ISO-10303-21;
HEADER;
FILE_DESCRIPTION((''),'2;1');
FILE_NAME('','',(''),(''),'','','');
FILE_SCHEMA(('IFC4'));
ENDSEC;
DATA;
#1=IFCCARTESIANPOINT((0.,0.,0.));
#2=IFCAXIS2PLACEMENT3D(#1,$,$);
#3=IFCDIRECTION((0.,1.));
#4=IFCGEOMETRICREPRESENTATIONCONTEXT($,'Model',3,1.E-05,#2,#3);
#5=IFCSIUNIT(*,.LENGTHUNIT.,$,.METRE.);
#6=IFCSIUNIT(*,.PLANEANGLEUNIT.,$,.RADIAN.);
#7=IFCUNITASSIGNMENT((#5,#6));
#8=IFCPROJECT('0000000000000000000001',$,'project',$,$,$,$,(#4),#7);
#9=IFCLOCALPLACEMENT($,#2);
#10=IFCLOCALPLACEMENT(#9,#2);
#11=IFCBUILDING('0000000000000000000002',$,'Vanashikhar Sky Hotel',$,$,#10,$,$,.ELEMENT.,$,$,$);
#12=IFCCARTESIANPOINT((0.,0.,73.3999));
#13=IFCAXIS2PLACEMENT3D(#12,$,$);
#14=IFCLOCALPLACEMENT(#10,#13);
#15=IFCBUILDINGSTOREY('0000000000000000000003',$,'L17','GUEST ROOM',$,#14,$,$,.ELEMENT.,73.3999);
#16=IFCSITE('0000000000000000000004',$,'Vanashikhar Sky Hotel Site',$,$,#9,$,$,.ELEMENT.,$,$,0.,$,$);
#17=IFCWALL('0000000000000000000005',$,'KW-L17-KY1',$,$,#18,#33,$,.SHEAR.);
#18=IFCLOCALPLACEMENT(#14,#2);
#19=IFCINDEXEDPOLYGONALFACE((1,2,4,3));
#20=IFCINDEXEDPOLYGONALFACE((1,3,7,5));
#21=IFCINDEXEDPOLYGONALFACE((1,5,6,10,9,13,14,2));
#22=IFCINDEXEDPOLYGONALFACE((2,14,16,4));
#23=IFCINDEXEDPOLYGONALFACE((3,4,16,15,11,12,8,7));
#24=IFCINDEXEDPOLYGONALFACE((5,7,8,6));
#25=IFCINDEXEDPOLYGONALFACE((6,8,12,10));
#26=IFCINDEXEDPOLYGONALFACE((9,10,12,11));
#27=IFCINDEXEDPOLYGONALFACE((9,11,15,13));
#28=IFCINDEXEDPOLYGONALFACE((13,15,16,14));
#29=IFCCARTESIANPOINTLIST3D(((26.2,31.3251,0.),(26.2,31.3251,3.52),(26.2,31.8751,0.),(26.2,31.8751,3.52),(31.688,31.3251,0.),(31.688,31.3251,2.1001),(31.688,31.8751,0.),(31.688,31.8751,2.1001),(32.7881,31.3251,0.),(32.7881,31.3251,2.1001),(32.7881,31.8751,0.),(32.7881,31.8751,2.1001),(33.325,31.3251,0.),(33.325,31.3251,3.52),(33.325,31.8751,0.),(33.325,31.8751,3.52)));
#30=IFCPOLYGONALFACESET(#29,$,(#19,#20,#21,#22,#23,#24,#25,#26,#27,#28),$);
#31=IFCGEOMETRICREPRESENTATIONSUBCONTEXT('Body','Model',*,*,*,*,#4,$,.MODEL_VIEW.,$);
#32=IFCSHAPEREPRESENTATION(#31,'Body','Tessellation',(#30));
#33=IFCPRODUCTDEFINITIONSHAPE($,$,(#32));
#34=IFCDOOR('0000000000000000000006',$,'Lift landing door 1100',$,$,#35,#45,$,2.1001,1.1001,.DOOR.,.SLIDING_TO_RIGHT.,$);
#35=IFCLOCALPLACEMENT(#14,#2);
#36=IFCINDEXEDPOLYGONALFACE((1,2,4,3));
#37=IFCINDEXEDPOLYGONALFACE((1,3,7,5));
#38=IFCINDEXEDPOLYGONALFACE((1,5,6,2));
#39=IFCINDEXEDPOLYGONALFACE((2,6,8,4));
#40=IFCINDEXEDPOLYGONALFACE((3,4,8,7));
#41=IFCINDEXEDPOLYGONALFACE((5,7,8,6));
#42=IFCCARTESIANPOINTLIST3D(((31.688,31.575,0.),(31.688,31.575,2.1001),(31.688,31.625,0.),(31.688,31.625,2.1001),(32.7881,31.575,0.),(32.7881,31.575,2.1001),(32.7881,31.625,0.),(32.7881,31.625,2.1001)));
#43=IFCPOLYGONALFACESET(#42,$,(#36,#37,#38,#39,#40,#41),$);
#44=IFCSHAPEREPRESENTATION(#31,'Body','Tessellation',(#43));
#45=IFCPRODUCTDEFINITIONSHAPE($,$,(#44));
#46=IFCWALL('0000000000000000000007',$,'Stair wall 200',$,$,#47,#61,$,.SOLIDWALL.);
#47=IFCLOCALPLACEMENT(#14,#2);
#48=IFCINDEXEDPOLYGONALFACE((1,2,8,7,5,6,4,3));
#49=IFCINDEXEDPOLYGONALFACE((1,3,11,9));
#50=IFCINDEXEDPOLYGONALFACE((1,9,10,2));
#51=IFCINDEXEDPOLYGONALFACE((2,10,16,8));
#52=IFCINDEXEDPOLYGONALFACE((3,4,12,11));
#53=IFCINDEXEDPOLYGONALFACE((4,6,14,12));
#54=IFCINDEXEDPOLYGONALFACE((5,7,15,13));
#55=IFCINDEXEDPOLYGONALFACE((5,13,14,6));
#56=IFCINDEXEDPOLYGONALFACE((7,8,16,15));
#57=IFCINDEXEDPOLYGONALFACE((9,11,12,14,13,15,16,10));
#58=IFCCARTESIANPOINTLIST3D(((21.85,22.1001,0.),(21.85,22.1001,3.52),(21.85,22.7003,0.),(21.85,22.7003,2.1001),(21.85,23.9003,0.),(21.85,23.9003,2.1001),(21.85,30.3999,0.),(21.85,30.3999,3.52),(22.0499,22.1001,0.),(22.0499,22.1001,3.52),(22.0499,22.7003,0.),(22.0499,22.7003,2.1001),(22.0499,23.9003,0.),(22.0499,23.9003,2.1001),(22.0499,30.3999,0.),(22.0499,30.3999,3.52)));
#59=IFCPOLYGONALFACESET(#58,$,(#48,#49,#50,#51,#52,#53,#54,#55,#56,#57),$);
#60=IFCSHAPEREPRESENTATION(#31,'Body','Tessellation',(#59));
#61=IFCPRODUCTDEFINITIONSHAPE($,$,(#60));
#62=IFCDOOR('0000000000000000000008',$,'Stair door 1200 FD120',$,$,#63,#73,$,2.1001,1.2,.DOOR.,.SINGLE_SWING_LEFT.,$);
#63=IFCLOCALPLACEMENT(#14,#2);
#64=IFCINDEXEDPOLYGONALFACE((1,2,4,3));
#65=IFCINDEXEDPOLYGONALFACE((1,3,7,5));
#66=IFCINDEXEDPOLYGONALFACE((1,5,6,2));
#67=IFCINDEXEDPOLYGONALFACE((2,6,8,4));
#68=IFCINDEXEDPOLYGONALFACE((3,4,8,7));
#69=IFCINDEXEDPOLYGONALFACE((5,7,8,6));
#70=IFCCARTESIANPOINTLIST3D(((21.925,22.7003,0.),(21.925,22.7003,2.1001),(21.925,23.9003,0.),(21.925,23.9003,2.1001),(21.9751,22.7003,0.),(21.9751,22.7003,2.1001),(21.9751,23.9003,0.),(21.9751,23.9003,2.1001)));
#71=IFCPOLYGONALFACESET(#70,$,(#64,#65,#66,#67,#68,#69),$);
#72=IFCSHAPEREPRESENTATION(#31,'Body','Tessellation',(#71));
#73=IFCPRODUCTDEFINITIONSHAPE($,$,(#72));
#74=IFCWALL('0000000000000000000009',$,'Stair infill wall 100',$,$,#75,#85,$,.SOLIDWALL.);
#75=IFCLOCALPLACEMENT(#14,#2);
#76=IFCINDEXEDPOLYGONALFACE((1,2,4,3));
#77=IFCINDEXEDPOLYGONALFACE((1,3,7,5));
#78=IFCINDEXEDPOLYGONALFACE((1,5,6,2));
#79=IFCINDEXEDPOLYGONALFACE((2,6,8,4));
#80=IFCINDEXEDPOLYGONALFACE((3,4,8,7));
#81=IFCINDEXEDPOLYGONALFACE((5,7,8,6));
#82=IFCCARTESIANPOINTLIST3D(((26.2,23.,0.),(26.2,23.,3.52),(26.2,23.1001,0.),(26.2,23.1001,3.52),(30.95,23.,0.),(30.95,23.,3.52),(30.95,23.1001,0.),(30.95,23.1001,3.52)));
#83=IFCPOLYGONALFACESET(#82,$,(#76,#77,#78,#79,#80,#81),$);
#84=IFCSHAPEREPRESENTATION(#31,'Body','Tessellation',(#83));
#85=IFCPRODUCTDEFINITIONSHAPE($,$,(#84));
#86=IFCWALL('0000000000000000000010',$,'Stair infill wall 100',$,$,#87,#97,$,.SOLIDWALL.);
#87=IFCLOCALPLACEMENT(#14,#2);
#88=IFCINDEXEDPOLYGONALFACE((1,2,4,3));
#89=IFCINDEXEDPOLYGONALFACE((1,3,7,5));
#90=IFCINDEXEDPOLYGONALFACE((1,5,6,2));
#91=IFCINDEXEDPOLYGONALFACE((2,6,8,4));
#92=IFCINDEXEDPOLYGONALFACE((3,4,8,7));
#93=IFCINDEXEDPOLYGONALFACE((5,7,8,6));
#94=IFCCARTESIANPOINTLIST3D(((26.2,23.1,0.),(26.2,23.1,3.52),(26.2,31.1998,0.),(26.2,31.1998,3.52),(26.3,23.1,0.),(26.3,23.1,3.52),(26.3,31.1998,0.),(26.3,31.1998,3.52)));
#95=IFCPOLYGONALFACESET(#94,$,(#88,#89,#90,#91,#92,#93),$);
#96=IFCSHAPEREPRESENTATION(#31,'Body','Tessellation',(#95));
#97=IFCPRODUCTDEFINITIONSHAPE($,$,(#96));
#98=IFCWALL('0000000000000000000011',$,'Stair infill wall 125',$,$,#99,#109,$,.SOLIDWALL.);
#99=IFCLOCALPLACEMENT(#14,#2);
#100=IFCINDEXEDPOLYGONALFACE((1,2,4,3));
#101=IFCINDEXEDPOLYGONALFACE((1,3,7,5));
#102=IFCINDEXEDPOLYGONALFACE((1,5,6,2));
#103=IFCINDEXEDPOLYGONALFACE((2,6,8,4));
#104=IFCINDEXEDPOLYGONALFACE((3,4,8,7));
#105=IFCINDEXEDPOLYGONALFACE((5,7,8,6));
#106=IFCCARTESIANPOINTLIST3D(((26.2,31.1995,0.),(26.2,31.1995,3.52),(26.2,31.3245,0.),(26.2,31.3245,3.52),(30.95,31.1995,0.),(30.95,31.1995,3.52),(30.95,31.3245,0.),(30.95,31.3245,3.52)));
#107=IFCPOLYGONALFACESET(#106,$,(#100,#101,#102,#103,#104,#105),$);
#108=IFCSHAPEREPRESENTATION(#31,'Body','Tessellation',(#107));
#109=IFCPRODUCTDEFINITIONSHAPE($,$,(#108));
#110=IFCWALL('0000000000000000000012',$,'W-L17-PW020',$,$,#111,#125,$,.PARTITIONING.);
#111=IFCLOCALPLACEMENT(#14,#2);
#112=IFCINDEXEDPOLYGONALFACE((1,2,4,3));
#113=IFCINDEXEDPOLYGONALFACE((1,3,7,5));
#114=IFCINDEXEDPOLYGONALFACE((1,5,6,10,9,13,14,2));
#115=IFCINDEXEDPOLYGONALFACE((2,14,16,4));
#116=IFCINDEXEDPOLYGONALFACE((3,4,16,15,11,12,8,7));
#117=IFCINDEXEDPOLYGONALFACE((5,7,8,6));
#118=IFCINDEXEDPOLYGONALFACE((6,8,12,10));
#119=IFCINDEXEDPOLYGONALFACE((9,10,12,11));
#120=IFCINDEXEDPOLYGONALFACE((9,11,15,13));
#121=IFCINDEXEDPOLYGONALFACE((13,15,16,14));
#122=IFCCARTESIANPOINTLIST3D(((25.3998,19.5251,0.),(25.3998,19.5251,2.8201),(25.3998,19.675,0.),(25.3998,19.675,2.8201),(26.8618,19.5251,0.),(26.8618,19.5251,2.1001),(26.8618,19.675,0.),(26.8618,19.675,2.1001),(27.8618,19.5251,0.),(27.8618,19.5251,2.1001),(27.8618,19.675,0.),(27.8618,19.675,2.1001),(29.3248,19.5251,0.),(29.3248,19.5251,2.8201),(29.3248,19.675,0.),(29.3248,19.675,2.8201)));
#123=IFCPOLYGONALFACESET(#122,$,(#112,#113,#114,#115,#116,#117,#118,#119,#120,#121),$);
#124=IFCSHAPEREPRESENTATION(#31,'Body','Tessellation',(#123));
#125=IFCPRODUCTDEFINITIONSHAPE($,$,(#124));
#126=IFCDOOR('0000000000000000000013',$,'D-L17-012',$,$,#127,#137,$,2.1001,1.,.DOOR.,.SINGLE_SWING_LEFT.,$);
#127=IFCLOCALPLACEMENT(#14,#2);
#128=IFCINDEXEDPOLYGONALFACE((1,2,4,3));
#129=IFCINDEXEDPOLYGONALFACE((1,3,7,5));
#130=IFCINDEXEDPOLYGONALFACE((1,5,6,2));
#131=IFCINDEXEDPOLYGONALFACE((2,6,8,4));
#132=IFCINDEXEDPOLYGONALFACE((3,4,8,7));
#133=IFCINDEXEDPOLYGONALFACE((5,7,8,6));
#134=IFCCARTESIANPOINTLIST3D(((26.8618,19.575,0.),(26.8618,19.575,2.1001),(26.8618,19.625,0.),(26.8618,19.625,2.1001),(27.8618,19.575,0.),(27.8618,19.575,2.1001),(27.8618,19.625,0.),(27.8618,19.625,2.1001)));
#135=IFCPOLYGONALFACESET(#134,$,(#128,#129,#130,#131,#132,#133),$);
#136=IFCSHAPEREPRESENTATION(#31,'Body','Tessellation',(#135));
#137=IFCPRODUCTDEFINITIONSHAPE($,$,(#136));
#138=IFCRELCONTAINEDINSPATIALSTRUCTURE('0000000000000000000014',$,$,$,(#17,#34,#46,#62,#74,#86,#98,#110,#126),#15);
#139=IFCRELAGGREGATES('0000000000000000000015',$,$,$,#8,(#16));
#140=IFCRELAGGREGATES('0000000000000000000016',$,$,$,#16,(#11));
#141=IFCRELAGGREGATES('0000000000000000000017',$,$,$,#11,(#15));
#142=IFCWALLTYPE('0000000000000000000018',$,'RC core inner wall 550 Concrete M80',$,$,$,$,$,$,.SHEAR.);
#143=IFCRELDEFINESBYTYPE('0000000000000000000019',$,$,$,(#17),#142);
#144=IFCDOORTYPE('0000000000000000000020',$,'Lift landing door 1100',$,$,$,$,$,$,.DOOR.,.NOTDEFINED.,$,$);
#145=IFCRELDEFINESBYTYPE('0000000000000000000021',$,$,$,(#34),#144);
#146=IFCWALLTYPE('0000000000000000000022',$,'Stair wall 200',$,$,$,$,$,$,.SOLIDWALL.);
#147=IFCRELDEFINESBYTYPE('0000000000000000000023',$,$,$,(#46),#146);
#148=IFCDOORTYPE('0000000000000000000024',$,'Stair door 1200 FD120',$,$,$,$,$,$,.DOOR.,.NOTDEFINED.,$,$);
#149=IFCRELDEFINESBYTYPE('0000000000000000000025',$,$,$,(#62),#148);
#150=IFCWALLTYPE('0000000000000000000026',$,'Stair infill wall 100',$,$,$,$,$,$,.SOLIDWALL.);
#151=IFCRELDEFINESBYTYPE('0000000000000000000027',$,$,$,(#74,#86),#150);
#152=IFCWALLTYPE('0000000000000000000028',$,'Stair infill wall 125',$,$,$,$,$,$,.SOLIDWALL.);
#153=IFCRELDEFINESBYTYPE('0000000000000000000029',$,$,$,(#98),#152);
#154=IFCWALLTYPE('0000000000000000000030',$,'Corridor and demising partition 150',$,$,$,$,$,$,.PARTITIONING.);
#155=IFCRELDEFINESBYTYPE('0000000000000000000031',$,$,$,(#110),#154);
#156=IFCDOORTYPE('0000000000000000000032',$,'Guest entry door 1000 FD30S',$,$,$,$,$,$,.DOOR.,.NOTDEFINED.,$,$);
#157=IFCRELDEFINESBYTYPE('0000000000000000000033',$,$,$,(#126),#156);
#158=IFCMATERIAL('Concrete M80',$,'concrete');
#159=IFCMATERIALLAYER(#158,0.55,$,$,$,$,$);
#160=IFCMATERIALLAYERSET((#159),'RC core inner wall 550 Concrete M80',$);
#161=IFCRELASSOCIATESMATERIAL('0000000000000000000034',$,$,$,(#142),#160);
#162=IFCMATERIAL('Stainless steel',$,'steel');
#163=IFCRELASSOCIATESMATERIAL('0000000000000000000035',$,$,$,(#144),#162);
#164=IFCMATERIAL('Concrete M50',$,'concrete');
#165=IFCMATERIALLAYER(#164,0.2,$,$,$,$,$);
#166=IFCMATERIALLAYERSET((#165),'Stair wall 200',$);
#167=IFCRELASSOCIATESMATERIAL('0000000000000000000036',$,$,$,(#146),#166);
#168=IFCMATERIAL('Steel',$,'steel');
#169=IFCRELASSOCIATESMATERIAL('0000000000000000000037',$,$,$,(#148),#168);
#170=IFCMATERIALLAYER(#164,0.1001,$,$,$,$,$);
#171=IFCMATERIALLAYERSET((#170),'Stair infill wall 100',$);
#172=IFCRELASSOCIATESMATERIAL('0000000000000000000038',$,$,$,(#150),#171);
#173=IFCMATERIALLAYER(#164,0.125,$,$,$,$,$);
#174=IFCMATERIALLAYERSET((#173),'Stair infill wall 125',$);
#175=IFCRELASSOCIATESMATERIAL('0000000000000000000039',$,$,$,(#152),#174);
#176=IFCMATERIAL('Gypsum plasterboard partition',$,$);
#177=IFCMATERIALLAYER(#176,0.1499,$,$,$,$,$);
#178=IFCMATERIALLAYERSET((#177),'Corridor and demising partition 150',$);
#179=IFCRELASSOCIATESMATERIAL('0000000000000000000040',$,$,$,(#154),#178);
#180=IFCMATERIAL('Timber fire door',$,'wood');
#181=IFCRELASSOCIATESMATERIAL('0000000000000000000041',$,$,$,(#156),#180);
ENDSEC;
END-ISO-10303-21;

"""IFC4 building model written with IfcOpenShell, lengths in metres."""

from ifc_helpers import new_model, si_unit, direction, frame, frame_2d, origin, place, context, subcontext, project, spatial, rectangle, extrude, source, transform, mapped, material, layer, layer_set, type_object, element, fill, save


model = new_model("IFC4")

# Units and contexts
model_context = context("Model", 3, precision=1e-05, world=origin(), true_north=direction((0.0, 1.0)))
body_context = subcontext(model_context, "Body", "Model", "MODEL_VIEW")
ifc_project = project(units=[si_unit("LENGTHUNIT", "METRE"), si_unit("PLANEANGLEUNIT", "RADIAN")], contexts=[model_context])

# Site, building, storey
site_placement = place(None, origin())
site = spatial("IfcSite", under=ifc_project, at=site_placement, Name="Vanashikhar Sky Hotel Site", CompositionType="ELEMENT", RefElevation=0.0)
building_placement = place(site_placement, origin())
building = spatial("IfcBuilding", under=site, at=building_placement, Name="Vanashikhar Sky Hotel", CompositionType="ELEMENT")
storey_placement = place(building_placement, frame((0.0, 0.0, 73.3999)))
storey = spatial("IfcBuildingStorey", under=building, at=storey_placement, Name="L17", Description="GUEST ROOM", CompositionType="ELEMENT", Elevation=73.3999)

# Shared definitions
ifc_material_1 = material(Name="Concrete M80", Category="concrete")
ifc_material_2 = material(Name="Steel", Category="steel")

# Walls, openings, doors
ifc_layer_1 = layer(ifc_material_1, 0.55)
ifc_layer_set_1 = layer_set([ifc_layer_1], Name="RC core inner wall 550 Concrete M80")
wall_type_1 = type_object("IfcWallType", Name="RC core inner wall 550 Concrete M80", PredefinedType="SHEAR", material=ifc_layer_set_1)
shared_shape_1 = source(origin(), body_context, "Body", "SweptSolid", [
    extrude(rectangle(XDim=7.125, YDim=0.55, at=frame_2d((3.5625, 0.0))), origin(), (0.0, 0.0, 1.0), 3.52),
])
wall_1_placement = place(storey_placement, frame((26.2, 31.6001, 0.0), z_axis=(0.0, 0.0, 1.0), x_axis=(1.0, 0.0, 0.0)))
wall_1 = element("IfcWall", 1, at=wall_1_placement, inside=storey, type_object=wall_type_1, Name="KW-L17-KY1", PredefinedType="SHEAR", context=body_context, shape_type="MappedRepresentation", body=[
    mapped(shared_shape_1, transform((0.0, 0.0, 0.0), scale=1.0)),
])
shared_shape_2 = source(origin(), body_context, "Body", "SweptSolid", [
    extrude(rectangle(XDim=1.1001, YDim=2.1001, at=frame_2d((0.55, 1.05))), frame((0.0, 0.2852, 0.0), z_axis=(0.0, -1.0, 0.0), x_axis=(1.0, 0.0, 0.0)), (0.0, 0.0, 1.0), 0.5701),
])
opening_1_placement = place(wall_1_placement, frame((5.488, 0.0, 0.0)))
opening_1 = element("IfcOpeningElement", 2, at=opening_1_placement, cuts=wall_1, PredefinedType="OPENING", context=body_context, shape_type="MappedRepresentation", body=[
    mapped(shared_shape_2, transform((0.0, 0.0, 0.0), scale=1.0)),
])
ifc_material_3 = material(Name="Stainless steel", Category="steel")
door_type_1 = type_object("IfcDoorType", Name="Lift landing door 1100", OperationType="NOTDEFINED", PredefinedType="DOOR", material=ifc_material_3)
shared_shape_3 = source(origin(), body_context, "Body", "SweptSolid", [
    extrude(rectangle(XDim=1.1001, YDim=2.1001, at=frame_2d((0.55, 1.05))), frame((0.0, 0.0249, 0.0), z_axis=(0.0, -1.0, 0.0), x_axis=(1.0, 0.0, 0.0)), (0.0, 0.0, 1.0), 0.05),
])
door_1_placement = place(opening_1_placement, origin())
door_1 = element("IfcDoor", 3, at=door_1_placement, inside=storey, type_object=door_type_1, Name="Lift landing door 1100", OperationType="SLIDING_TO_RIGHT", OverallHeight=2.1001, OverallWidth=1.1001, PredefinedType="DOOR", context=body_context, shape_type="MappedRepresentation", body=[
    mapped(shared_shape_3, transform((0.0, 0.0, 0.0), scale=1.0)),
])
fill(opening_1, door_1)
ifc_material_4 = material(Name="Concrete M50", Category="concrete")
ifc_layer_2 = layer(ifc_material_4, 0.2)
ifc_layer_set_2 = layer_set([ifc_layer_2], Name="Stair wall 200")
wall_type_2 = type_object("IfcWallType", Name="Stair wall 200", PredefinedType="SOLIDWALL", material=ifc_layer_set_2)
shared_shape_4 = source(origin(), body_context, "Body", "SweptSolid", [
    extrude(rectangle(XDim=8.2998, YDim=0.2, at=frame_2d((4.1499, 0.0))), origin(), (0.0, 0.0, 1.0), 3.52),
])
wall_2_placement = place(storey_placement, frame((21.95, 22.1001, 0.0), z_axis=(0.0, 0.0, 1.0), x_axis=(0.0, 1.0, 0.0)))
wall_2 = element("IfcWall", 4, at=wall_2_placement, inside=storey, type_object=wall_type_2, Name="Stair wall 200", PredefinedType="SOLIDWALL", context=body_context, shape_type="MappedRepresentation", body=[
    mapped(shared_shape_4, transform((0.0, 0.0, 0.0), scale=1.0)),
])
shared_shape_5 = source(origin(), body_context, "Body", "SweptSolid", [
    extrude(rectangle(XDim=1.2, YDim=2.1001, at=frame_2d((0.6001, 1.05))), frame((0.0, 0.1099, 0.0), z_axis=(0.0, -1.0, 0.0), x_axis=(1.0, 0.0, 0.0)), (0.0, 0.0, 1.0), 0.22),
])
opening_2_placement = place(wall_2_placement, frame((0.6001, 0.0, 0.0)))
opening_2 = element("IfcOpeningElement", 5, at=opening_2_placement, cuts=wall_2, PredefinedType="OPENING", context=body_context, shape_type="MappedRepresentation", body=[
    mapped(shared_shape_5, transform((0.0, 0.0, 0.0), scale=1.0)),
])
door_type_2 = type_object("IfcDoorType", Name="Stair door 1200 FD120", OperationType="NOTDEFINED", PredefinedType="DOOR", material=ifc_material_2)
shared_shape_6 = source(origin(), body_context, "Body", "SweptSolid", [
    extrude(rectangle(XDim=1.2, YDim=2.1001, at=frame_2d((0.6001, 1.05))), frame((0.0, 0.0249, 0.0), z_axis=(0.0, -1.0, 0.0), x_axis=(1.0, 0.0, 0.0)), (0.0, 0.0, 1.0), 0.05),
])
door_2_placement = place(opening_2_placement, origin())
door_2 = element("IfcDoor", 6, at=door_2_placement, inside=storey, type_object=door_type_2, Name="Stair door 1200 FD120", OperationType="SINGLE_SWING_LEFT", OverallHeight=2.1001, OverallWidth=1.2, PredefinedType="DOOR", context=body_context, shape_type="MappedRepresentation", body=[
    mapped(shared_shape_6, transform((0.0, 0.0, 0.0), scale=1.0)),
])
fill(opening_2, door_2)

# Walls
ifc_layer_3 = layer(ifc_material_4, 0.1001)
ifc_layer_set_3 = layer_set([ifc_layer_3], Name="Stair infill wall 100")
wall_type_3 = type_object("IfcWallType", Name="Stair infill wall 100", PredefinedType="SOLIDWALL", material=ifc_layer_set_3)
shared_shape_7 = source(origin(), body_context, "Body", "SweptSolid", [
    extrude(rectangle(XDim=4.75, YDim=0.1001, at=frame_2d((2.375, 0.0))), origin(), (0.0, 0.0, 1.0), 3.52),
])
wall_3_placement = place(storey_placement, frame((26.2, 23.05, 0.0), z_axis=(0.0, 0.0, 1.0), x_axis=(1.0, 0.0, 0.0)))
element("IfcWall", 7, at=wall_3_placement, inside=storey, type_object=wall_type_3, Name="Stair infill wall 100", PredefinedType="SOLIDWALL", context=body_context, shape_type="MappedRepresentation", body=[
    mapped(shared_shape_7, transform((0.0, 0.0, 0.0), scale=1.0)),
])
shared_shape_8 = source(origin(), body_context, "Body", "SweptSolid", [
    extrude(rectangle(XDim=8.0999, YDim=0.1001, at=frame_2d((4.0498, 0.0))), origin(), (0.0, 0.0, 1.0), 3.52),
])
wall_4_placement = place(storey_placement, frame((26.25, 23.1001, 0.0), z_axis=(0.0, 0.0, 1.0), x_axis=(0.0, 1.0, 0.0)))
element("IfcWall", 8, at=wall_4_placement, inside=storey, type_object=wall_type_3, Name="Stair infill wall 100", PredefinedType="SOLIDWALL", context=body_context, shape_type="MappedRepresentation", body=[
    mapped(shared_shape_8, transform((0.0, 0.0, 0.0), scale=1.0)),
])
ifc_layer_4 = layer(ifc_material_4, 0.125)
ifc_layer_set_4 = layer_set([ifc_layer_4], Name="Stair infill wall 125")
wall_type_4 = type_object("IfcWallType", Name="Stair infill wall 125", PredefinedType="SOLIDWALL", material=ifc_layer_set_4)
shared_shape_9 = source(origin(), body_context, "Body", "SweptSolid", [
    extrude(rectangle(XDim=4.75, YDim=0.125, at=frame_2d((2.375, 0.0))), origin(), (0.0, 0.0, 1.0), 3.52),
])
wall_5_placement = place(storey_placement, frame((26.2, 31.262, 0.0), z_axis=(0.0, 0.0, 1.0), x_axis=(1.0, 0.0, 0.0)))
element("IfcWall", 9, at=wall_5_placement, inside=storey, type_object=wall_type_4, Name="Stair infill wall 125", PredefinedType="SOLIDWALL", context=body_context, shape_type="MappedRepresentation", body=[
    mapped(shared_shape_9, transform((0.0, 0.0, 0.0), scale=1.0)),
])

# Wall, opening, door
ifc_material_5 = material(Name="Gypsum plasterboard partition")
ifc_layer_5 = layer(ifc_material_5, 0.1499)
ifc_layer_set_5 = layer_set([ifc_layer_5], Name="Corridor and demising partition 150")
wall_type_5 = type_object("IfcWallType", Name="Corridor and demising partition 150", PredefinedType="PARTITIONING", material=ifc_layer_set_5)
shared_shape_10 = source(origin(), body_context, "Body", "SweptSolid", [
    extrude(rectangle(XDim=3.925, YDim=0.1499, at=frame_2d((1.9624, 0.0))), origin(), (0.0, 0.0, 1.0), 2.8201),
])
wall_6_placement = place(storey_placement, frame((25.3999, 19.6001, 0.0), z_axis=(0.0, 0.0, 1.0), x_axis=(1.0, 0.0, 0.0)))
wall_6 = element("IfcWall", 10, at=wall_6_placement, inside=storey, type_object=wall_type_5, Name="W-L17-PW020", PredefinedType="PARTITIONING", context=body_context, shape_type="MappedRepresentation", body=[
    mapped(shared_shape_10, transform((0.0, 0.0, 0.0), scale=1.0)),
])
shared_shape_11 = source(origin(), body_context, "Body", "SweptSolid", [
    extrude(rectangle(XDim=1.0, YDim=2.1001, at=frame_2d((0.5, 1.05))), frame((0.0, 0.085, 0.0), z_axis=(0.0, -1.0, 0.0), x_axis=(1.0, 0.0, 0.0)), (0.0, 0.0, 1.0), 0.1699),
])
opening_3_placement = place(wall_6_placement, frame((1.4619, 0.0, 0.0)))
opening_3 = element("IfcOpeningElement", 11, at=opening_3_placement, cuts=wall_6, PredefinedType="OPENING", context=body_context, shape_type="MappedRepresentation", body=[
    mapped(shared_shape_11, transform((0.0, 0.0, 0.0), scale=1.0)),
])
ifc_material_6 = material(Name="Timber fire door", Category="wood")
door_type_3 = type_object("IfcDoorType", Name="Guest entry door 1000 FD30S", OperationType="NOTDEFINED", PredefinedType="DOOR", material=ifc_material_6)
shared_shape_12 = source(origin(), body_context, "Body", "SweptSolid", [
    extrude(rectangle(XDim=1.0, YDim=2.1001, at=frame_2d((0.5, 1.05))), frame((0.0, 0.0249, 0.0), z_axis=(0.0, -1.0, 0.0), x_axis=(1.0, 0.0, 0.0)), (0.0, 0.0, 1.0), 0.05),
])
door_3_placement = place(opening_3_placement, origin())
door_3 = element("IfcDoor", 12, at=door_3_placement, inside=storey, type_object=door_type_3, Name="D-L17-012", OperationType="SINGLE_SWING_LEFT", OverallHeight=2.1001, OverallWidth=1.0, PredefinedType="DOOR", context=body_context, shape_type="MappedRepresentation", body=[
    mapped(shared_shape_12, transform((0.0, 0.0, 0.0), scale=1.0)),
])
fill(opening_3, door_3)

save(model, "model.ifc")
